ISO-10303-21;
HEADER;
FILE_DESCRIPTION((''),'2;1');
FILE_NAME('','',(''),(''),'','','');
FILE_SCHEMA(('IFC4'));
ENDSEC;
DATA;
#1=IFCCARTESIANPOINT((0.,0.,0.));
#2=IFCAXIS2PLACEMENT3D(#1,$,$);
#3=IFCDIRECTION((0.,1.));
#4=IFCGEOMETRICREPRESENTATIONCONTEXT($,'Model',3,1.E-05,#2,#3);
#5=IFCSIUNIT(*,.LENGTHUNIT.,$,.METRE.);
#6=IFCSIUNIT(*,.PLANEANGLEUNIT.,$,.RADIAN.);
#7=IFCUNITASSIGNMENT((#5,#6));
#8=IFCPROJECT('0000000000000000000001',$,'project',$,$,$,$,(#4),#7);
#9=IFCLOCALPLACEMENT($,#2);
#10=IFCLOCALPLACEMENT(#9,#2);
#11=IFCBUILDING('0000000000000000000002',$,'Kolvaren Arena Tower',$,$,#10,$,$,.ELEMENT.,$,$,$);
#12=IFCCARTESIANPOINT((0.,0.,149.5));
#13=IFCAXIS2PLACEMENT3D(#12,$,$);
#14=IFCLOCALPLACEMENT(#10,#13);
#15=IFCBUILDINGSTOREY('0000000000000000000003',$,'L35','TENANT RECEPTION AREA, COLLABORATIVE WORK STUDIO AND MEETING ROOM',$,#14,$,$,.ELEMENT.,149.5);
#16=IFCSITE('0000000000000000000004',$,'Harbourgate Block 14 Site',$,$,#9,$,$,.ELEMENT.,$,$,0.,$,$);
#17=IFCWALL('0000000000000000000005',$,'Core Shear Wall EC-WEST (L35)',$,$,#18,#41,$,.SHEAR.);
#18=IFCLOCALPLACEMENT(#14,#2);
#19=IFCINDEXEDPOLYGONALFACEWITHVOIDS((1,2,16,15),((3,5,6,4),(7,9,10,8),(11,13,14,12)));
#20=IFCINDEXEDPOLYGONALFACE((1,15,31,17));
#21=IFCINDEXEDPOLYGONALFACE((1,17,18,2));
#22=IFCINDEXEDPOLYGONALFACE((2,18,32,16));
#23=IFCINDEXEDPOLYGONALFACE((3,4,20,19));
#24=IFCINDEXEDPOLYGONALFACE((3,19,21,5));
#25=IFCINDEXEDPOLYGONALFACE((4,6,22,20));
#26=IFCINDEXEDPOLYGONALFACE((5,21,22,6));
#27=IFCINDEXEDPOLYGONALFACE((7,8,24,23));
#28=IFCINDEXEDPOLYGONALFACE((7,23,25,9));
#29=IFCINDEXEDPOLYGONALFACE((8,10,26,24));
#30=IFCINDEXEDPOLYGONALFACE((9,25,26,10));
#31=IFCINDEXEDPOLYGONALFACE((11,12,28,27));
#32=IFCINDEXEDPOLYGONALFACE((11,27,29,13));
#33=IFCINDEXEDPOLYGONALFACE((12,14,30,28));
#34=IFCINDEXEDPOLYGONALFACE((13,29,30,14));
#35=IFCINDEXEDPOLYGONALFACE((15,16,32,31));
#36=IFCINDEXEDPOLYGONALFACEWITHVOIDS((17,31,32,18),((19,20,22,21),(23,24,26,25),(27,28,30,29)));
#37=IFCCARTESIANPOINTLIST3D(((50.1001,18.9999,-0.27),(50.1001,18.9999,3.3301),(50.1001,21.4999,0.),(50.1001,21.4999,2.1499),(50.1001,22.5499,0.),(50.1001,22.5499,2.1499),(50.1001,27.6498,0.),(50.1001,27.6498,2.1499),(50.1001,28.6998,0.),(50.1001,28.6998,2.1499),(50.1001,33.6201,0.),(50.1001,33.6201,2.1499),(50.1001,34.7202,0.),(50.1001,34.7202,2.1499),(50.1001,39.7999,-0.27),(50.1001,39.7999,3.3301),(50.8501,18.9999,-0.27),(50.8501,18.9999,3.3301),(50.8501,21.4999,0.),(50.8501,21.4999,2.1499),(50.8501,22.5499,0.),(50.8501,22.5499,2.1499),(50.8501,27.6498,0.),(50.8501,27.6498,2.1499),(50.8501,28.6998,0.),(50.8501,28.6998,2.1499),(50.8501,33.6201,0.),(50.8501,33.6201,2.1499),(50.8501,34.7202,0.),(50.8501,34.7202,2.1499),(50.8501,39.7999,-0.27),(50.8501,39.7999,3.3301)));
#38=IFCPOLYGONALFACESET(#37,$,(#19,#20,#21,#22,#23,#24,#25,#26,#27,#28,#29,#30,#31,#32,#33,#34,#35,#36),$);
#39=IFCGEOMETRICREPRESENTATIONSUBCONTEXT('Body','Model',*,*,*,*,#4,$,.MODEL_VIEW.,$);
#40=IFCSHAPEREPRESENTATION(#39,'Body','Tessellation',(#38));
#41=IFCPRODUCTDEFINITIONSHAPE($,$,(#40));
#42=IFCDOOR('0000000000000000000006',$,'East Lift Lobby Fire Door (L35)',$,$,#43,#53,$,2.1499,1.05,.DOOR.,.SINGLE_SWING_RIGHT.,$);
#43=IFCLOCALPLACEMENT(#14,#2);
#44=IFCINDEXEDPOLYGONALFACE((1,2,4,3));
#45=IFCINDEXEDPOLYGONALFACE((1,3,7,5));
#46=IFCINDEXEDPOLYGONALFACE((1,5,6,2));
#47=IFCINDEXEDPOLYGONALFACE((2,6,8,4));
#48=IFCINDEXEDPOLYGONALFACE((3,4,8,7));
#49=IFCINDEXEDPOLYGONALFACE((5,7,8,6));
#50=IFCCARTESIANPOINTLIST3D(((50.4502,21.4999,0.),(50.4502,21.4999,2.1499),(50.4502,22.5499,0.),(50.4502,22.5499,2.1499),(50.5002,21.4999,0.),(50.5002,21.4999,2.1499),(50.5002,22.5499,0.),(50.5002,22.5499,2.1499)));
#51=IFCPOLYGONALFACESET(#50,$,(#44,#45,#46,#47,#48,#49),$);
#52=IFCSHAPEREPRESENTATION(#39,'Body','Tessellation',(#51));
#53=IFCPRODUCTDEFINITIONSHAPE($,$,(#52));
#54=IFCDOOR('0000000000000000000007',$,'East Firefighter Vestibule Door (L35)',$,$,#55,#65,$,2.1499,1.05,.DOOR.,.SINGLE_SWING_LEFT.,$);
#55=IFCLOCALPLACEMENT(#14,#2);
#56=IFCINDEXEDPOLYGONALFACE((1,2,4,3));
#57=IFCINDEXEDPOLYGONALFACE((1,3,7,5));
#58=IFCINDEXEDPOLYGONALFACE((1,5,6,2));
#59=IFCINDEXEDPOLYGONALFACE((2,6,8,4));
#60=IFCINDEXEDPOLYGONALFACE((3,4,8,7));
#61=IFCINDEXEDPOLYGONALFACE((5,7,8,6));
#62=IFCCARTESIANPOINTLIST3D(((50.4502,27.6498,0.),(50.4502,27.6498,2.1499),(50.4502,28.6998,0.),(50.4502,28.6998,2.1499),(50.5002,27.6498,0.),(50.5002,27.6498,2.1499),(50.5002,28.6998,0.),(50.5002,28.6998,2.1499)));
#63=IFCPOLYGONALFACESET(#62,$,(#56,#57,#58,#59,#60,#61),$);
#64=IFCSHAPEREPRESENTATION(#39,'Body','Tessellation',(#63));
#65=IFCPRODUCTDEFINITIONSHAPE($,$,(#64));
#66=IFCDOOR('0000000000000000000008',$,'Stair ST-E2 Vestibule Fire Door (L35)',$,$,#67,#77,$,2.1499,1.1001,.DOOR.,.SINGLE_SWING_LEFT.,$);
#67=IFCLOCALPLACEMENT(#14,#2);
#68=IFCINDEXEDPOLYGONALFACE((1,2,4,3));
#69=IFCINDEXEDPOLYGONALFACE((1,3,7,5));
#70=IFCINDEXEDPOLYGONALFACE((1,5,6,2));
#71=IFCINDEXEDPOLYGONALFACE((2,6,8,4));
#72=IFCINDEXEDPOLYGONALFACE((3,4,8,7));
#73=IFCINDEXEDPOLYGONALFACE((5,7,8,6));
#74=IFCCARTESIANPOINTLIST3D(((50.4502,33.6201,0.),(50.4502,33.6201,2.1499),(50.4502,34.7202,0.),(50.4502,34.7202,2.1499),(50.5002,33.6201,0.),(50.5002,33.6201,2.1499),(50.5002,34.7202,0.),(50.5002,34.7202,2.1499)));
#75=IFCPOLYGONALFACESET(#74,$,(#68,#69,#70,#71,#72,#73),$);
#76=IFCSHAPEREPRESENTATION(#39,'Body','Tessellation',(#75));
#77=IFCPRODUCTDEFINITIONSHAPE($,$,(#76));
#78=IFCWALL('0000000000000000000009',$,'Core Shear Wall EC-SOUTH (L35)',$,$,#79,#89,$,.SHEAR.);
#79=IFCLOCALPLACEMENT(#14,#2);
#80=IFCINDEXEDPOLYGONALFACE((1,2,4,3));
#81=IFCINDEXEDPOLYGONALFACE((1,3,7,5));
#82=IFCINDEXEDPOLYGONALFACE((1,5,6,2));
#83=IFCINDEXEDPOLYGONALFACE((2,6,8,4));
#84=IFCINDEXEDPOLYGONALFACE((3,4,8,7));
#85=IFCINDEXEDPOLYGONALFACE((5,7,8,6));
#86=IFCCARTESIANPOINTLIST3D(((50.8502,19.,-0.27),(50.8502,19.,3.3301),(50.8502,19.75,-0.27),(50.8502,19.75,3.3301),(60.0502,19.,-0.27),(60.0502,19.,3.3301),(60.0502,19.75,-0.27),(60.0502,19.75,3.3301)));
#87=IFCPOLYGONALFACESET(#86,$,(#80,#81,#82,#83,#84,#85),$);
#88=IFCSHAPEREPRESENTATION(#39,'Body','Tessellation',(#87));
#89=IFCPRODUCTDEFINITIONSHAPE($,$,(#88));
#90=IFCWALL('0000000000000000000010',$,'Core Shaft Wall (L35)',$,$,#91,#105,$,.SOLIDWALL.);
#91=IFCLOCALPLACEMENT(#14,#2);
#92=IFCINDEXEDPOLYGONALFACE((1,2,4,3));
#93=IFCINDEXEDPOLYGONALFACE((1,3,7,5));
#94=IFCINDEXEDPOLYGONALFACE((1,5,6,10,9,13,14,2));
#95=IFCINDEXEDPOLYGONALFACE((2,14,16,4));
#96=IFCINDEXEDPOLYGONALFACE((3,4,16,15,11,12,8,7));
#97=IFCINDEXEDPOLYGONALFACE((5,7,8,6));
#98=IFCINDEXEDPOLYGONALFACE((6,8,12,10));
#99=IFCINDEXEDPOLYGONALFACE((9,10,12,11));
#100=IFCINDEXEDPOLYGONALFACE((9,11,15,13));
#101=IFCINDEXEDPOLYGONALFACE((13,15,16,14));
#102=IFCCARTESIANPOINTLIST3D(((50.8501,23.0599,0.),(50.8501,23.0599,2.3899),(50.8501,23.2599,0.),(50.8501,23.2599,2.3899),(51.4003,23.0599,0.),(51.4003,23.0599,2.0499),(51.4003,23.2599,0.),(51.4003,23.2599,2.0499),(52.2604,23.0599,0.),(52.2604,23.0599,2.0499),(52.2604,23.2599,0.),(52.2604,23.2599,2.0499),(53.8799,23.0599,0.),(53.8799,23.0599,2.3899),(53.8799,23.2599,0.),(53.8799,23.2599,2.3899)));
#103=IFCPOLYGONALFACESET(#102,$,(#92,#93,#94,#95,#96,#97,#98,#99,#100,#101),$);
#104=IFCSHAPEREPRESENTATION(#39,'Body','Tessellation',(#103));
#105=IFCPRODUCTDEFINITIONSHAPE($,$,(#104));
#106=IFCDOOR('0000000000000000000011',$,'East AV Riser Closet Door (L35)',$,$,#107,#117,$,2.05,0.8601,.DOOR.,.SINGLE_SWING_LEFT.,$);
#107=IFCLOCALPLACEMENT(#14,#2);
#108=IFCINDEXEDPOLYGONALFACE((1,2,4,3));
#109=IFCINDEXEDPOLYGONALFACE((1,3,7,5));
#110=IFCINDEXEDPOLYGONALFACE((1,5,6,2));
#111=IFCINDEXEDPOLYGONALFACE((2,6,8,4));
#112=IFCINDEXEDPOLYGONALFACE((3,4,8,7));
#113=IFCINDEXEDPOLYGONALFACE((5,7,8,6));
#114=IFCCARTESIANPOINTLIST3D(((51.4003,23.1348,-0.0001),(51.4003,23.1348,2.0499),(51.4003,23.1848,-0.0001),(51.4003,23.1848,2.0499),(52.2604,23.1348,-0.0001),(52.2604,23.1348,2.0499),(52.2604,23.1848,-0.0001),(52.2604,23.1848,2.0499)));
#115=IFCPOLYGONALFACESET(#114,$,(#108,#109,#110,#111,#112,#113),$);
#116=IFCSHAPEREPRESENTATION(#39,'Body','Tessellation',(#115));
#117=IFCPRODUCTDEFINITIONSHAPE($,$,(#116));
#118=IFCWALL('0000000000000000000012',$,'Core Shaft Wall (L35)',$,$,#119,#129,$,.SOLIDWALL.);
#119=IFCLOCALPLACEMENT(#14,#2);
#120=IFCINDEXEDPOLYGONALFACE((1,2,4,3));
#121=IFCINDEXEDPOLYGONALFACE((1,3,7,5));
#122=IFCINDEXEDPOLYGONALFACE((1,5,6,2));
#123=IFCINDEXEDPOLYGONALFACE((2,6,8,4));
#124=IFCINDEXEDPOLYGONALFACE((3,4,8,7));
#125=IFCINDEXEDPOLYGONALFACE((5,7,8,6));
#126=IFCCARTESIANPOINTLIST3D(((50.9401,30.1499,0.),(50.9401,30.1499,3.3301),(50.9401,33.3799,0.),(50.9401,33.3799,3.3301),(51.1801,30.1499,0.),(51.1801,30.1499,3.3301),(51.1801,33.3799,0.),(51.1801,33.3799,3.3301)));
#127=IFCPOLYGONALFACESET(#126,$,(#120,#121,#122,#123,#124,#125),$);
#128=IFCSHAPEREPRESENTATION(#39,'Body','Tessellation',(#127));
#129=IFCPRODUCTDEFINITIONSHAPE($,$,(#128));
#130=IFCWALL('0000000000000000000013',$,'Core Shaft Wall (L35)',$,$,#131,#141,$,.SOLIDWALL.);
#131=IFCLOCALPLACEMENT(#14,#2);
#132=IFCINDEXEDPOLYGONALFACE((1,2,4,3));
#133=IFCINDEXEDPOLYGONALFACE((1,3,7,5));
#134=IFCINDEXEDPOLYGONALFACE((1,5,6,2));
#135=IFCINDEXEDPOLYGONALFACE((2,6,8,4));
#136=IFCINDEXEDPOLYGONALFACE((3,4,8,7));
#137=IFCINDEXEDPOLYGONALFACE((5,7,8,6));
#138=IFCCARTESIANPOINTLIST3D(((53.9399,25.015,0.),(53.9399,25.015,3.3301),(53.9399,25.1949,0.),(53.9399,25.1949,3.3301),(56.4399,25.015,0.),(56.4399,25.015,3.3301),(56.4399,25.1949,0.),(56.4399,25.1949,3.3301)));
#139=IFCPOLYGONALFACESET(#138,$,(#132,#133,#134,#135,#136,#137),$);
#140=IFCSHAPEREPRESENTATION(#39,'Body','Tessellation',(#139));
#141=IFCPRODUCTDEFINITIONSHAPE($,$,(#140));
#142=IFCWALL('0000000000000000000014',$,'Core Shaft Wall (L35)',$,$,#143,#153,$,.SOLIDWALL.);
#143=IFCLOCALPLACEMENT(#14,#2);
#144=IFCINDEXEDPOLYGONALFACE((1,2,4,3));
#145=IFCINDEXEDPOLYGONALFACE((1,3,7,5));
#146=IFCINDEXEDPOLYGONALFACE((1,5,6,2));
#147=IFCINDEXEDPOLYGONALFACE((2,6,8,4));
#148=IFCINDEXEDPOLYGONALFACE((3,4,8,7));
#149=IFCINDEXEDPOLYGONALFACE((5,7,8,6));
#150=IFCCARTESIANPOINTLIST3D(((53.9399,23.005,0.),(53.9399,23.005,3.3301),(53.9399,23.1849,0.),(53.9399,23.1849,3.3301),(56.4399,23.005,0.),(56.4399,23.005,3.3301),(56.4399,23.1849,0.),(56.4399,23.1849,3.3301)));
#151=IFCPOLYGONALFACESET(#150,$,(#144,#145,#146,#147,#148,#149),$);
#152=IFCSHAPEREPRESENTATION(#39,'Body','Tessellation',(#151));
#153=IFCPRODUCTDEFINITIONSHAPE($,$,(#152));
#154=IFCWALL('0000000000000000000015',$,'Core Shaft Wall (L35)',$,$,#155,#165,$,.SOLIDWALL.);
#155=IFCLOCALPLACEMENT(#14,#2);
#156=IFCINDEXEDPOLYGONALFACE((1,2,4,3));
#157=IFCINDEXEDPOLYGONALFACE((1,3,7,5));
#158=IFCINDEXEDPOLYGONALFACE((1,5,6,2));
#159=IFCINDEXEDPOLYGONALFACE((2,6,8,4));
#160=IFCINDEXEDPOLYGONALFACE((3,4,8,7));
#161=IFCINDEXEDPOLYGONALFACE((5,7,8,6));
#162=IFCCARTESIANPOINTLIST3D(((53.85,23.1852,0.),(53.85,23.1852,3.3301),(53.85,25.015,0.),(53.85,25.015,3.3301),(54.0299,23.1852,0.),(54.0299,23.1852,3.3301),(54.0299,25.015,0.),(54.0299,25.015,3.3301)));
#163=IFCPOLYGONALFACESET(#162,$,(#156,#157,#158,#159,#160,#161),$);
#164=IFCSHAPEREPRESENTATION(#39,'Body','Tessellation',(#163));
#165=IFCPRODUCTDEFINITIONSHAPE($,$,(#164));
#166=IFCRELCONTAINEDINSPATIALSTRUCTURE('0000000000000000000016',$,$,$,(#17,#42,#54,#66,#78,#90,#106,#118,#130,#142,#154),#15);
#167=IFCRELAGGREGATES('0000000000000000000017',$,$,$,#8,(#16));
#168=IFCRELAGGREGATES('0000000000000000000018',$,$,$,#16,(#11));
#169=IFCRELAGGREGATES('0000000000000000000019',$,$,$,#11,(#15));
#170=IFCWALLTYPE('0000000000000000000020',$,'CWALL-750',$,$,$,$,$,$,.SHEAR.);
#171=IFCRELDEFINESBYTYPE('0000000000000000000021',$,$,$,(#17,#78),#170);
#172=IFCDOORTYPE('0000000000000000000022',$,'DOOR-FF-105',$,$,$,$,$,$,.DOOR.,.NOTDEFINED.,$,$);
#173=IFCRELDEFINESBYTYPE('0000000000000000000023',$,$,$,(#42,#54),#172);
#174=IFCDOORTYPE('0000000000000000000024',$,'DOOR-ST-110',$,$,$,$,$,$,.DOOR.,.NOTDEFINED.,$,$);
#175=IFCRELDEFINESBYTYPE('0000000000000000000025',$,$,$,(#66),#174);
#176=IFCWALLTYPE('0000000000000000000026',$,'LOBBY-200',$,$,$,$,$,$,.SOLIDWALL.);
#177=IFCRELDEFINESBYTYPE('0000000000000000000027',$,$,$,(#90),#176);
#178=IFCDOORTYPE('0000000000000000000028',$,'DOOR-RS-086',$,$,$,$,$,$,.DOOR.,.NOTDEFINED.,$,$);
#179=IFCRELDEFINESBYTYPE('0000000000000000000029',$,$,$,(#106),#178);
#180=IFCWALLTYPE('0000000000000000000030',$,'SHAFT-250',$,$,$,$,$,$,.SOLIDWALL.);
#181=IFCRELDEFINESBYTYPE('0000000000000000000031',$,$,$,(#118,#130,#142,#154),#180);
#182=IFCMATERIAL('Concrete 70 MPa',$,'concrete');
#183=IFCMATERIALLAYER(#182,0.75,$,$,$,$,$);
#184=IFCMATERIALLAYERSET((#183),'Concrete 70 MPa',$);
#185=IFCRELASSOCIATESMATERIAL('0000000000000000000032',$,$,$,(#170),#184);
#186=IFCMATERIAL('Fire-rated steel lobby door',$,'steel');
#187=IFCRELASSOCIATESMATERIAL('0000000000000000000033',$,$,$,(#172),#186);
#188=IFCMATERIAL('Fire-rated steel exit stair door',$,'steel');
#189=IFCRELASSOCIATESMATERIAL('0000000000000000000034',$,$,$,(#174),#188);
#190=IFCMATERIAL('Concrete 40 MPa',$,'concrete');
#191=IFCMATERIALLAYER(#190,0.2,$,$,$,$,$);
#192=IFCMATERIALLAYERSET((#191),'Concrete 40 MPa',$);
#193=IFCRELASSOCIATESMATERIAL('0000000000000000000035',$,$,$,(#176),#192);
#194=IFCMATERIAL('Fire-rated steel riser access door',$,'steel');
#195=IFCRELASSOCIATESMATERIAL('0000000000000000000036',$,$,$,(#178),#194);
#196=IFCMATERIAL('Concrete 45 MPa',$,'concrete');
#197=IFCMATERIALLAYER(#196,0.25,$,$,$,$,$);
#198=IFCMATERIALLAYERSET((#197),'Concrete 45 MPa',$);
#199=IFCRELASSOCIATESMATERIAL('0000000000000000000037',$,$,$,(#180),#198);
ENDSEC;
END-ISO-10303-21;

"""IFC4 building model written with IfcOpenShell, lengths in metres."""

from ifc_helpers import new_model, si_unit, direction, frame, frame_2d, origin, place, context, subcontext, project, spatial, rectangle, extrude, material, layer, layer_set, type_object, element, fill, save


model = new_model("IFC4")

# Units and contexts
model_context = context("Model", 3, precision=1e-05, world=origin(), true_north=direction((0.0, 1.0)))
body_context = subcontext(model_context, "Body", "Model", "MODEL_VIEW")
ifc_project = project(units=[si_unit("LENGTHUNIT", "METRE"), si_unit("PLANEANGLEUNIT", "RADIAN")], contexts=[model_context])

# Site, building, storey
site_placement = place(None, origin())
site = spatial("IfcSite", under=ifc_project, at=site_placement, Name="Harbourgate Block 14 Site", CompositionType="ELEMENT", RefElevation=0.0)
building_placement = place(site_placement, origin())
building = spatial("IfcBuilding", under=site, at=building_placement, Name="Kolvaren Arena Tower", CompositionType="ELEMENT")
storey_placement = place(building_placement, frame((0.0, 0.0, 149.5)))
storey = spatial("IfcBuildingStorey", under=building, at=storey_placement, Name="L35", Description="TENANT RECEPTION AREA, COLLABORATIVE WORK STUDIO AND MEETING ROOM", CompositionType="ELEMENT", Elevation=149.5)

# Wall, openings, doors
ifc_material_1 = material(Name="Concrete 70 MPa", Category="concrete")
ifc_layer_1 = layer(ifc_material_1, 0.75)
ifc_layer_set_1 = layer_set([ifc_layer_1], Name="Concrete 70 MPa")
wall_type_1 = type_object("IfcWallType", Name="CWALL-750", PredefinedType="SHEAR", material=ifc_layer_set_1)
wall_1_placement = place(storey_placement, frame((50.4751, 19.0, -0.27), z_axis=(0.0, 0.0, 1.0), x_axis=(0.0, 1.0, 0.0)))
wall_1 = element("IfcWall", 1, at=wall_1_placement, inside=storey, type_object=wall_type_1, Name="Core Shear Wall EC-WEST (L35)", PredefinedType="SHEAR", context=body_context, shape_type="SweptSolid", body=[
    extrude(rectangle(XDim=20.8, YDim=0.75, at=frame_2d((10.3999, 0.0))), origin(), (0.0, 0.0, 1.0), 3.6001),
])
opening_1_placement = place(wall_1_placement, frame((2.5, 0.0, 0.27)))
opening_1 = element("IfcOpeningElement", 2, at=opening_1_placement, cuts=wall_1, PredefinedType="OPENING", context=body_context, shape_type="SweptSolid", body=[
    extrude(rectangle(XDim=1.05, YDim=2.1499, at=frame_2d((0.5249, 1.075))), frame((0.0, 0.385, 0.0), z_axis=(0.0, -1.0, 0.0), x_axis=(1.0, 0.0, 0.0)), (0.0, 0.0, 1.0), 0.77),
])
opening_2_placement = place(wall_1_placement, frame((8.6499, 0.0, 0.27)))
opening_2 = element("IfcOpeningElement", 3, at=opening_2_placement, cuts=wall_1, PredefinedType="OPENING", context=body_context, shape_type="SweptSolid", body=[
    extrude(rectangle(XDim=1.05, YDim=2.1499, at=frame_2d((0.5249, 1.075))), frame((0.0, 0.385, 0.0), z_axis=(0.0, -1.0, 0.0), x_axis=(1.0, 0.0, 0.0)), (0.0, 0.0, 1.0), 0.77),
])
opening_3_placement = place(wall_1_placement, frame((14.6201, 0.0, 0.27)))
opening_3 = element("IfcOpeningElement", 4, at=opening_3_placement, cuts=wall_1, PredefinedType="OPENING", context=body_context, shape_type="SweptSolid", body=[
    extrude(rectangle(XDim=1.1001, YDim=2.1499, at=frame_2d((0.55, 1.075))), frame((0.0, 0.385, 0.0), z_axis=(0.0, -1.0, 0.0), x_axis=(1.0, 0.0, 0.0)), (0.0, 0.0, 1.0), 0.77),
])
ifc_material_2 = material(Name="Fire-rated steel lobby door", Category="steel")
door_type_1 = type_object("IfcDoorType", Name="DOOR-FF-105", OperationType="NOTDEFINED", PredefinedType="DOOR", material=ifc_material_2)
door_1_placement = place(opening_1_placement, origin())
door_1 = element("IfcDoor", 5, at=door_1_placement, inside=storey, type_object=door_type_1, Name="East Lift Lobby Fire Door (L35)", OperationType="SINGLE_SWING_RIGHT", OverallHeight=2.1499, OverallWidth=1.05, PredefinedType="DOOR", context=body_context, shape_type="SweptSolid", body=[
    extrude(rectangle(XDim=1.05, YDim=2.1499, at=frame_2d((0.5249, 1.075))), frame((0.0, 0.0249, 0.0), z_axis=(0.0, -1.0, 0.0), x_axis=(1.0, 0.0, 0.0)), (0.0, 0.0, 1.0), 0.05),
])
fill(opening_1, door_1)
door_2_placement = place(opening_2_placement, origin())
door_2 = element("IfcDoor", 6, at=door_2_placement, inside=storey, type_object=door_type_1, Name="East Firefighter Vestibule Door (L35)", OperationType="SINGLE_SWING_LEFT", OverallHeight=2.1499, OverallWidth=1.05, PredefinedType="DOOR", context=body_context, shape_type="SweptSolid", body=[
    extrude(rectangle(XDim=1.05, YDim=2.1499, at=frame_2d((0.5249, 1.075))), frame((0.0, 0.0249, 0.0), z_axis=(0.0, -1.0, 0.0), x_axis=(1.0, 0.0, 0.0)), (0.0, 0.0, 1.0), 0.05),
])
fill(opening_2, door_2)
ifc_material_3 = material(Name="Fire-rated steel exit stair door", Category="steel")
door_type_2 = type_object("IfcDoorType", Name="DOOR-ST-110", OperationType="NOTDEFINED", PredefinedType="DOOR", material=ifc_material_3)
door_3_placement = place(opening_3_placement, origin())
door_3 = element("IfcDoor", 7, at=door_3_placement, inside=storey, type_object=door_type_2, Name="Stair ST-E2 Vestibule Fire Door (L35)", OperationType="SINGLE_SWING_LEFT", OverallHeight=2.1499, OverallWidth=1.1001, PredefinedType="DOOR", context=body_context, shape_type="SweptSolid", body=[
    extrude(rectangle(XDim=1.1001, YDim=2.1499, at=frame_2d((0.55, 1.075))), frame((0.0, 0.0249, 0.0), z_axis=(0.0, -1.0, 0.0), x_axis=(1.0, 0.0, 0.0)), (0.0, 0.0, 1.0), 0.05),
])
fill(opening_3, door_3)

# Wall
wall_2_placement = place(storey_placement, frame((50.8501, 19.375, -0.27), z_axis=(0.0, 0.0, 1.0), x_axis=(1.0, 0.0, 0.0)))
element("IfcWall", 8, at=wall_2_placement, inside=storey, type_object=wall_type_1, Name="Core Shear Wall EC-SOUTH (L35)", PredefinedType="SHEAR", context=body_context, shape_type="SweptSolid", body=[
    extrude(rectangle(XDim=9.2, YDim=0.75, at=frame_2d((4.6001, 0.0))), origin(), (0.0, 0.0, 1.0), 3.6001),
])

# Shared definitions
ifc_material_4 = material(Name="Concrete 40 MPa", Category="concrete")
ifc_layer_2 = layer(ifc_material_4, 0.2)
ifc_layer_set_2 = layer_set([ifc_layer_2], Name="Concrete 40 MPa")
wall_type_2 = type_object("IfcWallType", Name="LOBBY-200", PredefinedType="SOLIDWALL", material=ifc_layer_set_2)

# Wall, opening, door
wall_3_placement = place(storey_placement, frame((50.8501, 23.1599, 0.0), z_axis=(0.0, 0.0, 1.0), x_axis=(1.0, 0.0, 0.0)))
wall_3 = element("IfcWall", 9, at=wall_3_placement, inside=storey, type_object=wall_type_2, Name="Core Shaft Wall (L35)", PredefinedType="SOLIDWALL", context=body_context, shape_type="SweptSolid", body=[
    extrude(rectangle(XDim=3.0298, YDim=0.2, at=frame_2d((1.5149, 0.0))), origin(), (0.0, 0.0, 1.0), 2.3899),
])
opening_4_placement = place(wall_3_placement, frame((0.55, 0.0, 0.0)))
opening_4 = element("IfcOpeningElement", 10, at=opening_4_placement, cuts=wall_3, PredefinedType="OPENING", context=body_context, shape_type="SweptSolid", body=[
    extrude(rectangle(XDim=0.8601, YDim=2.05, at=frame_2d((0.4302, 1.0249))), frame((0.0, 0.1099, 0.0), z_axis=(0.0, -1.0, 0.0), x_axis=(1.0, 0.0, 0.0)), (0.0, 0.0, 1.0), 0.22),
])
ifc_material_5 = material(Name="Fire-rated steel riser access door", Category="steel")
door_type_3 = type_object("IfcDoorType", Name="DOOR-RS-086", OperationType="NOTDEFINED", PredefinedType="DOOR", material=ifc_material_5)
door_4_placement = place(opening_4_placement, origin())
door_4 = element("IfcDoor", 11, at=door_4_placement, inside=storey, type_object=door_type_3, Name="East AV Riser Closet Door (L35)", OperationType="SINGLE_SWING_LEFT", OverallHeight=2.05, OverallWidth=0.8601, PredefinedType="DOOR", context=body_context, shape_type="SweptSolid", body=[
    extrude(rectangle(XDim=0.8601, YDim=2.05, at=frame_2d((0.4302, 1.0249))), frame((0.0, 0.0249, 0.0), z_axis=(0.0, -1.0, 0.0), x_axis=(1.0, 0.0, 0.0)), (0.0, 0.0, 1.0), 0.05),
])
fill(opening_4, door_4)

# Walls
ifc_material_6 = material(Name="Concrete 45 MPa", Category="concrete")
ifc_layer_3 = layer(ifc_material_6, 0.25)
ifc_layer_set_3 = layer_set([ifc_layer_3], Name="Concrete 45 MPa")
wall_type_3 = type_object("IfcWallType", Name="SHAFT-250", PredefinedType="SOLIDWALL", material=ifc_layer_set_3)
wall_4_placement = place(storey_placement, frame((51.0601, 30.1499, 0.0), z_axis=(0.0, 0.0, 1.0), x_axis=(0.0, 1.0, 0.0)))
element("IfcWall", 12, at=wall_4_placement, inside=storey, type_object=wall_type_3, Name="Core Shaft Wall (L35)", PredefinedType="SOLIDWALL", context=body_context, shape_type="SweptSolid", body=[
    extrude(rectangle(XDim=3.23, YDim=0.24, at=frame_2d((1.615, 0.0))), origin(), (0.0, 0.0, 1.0), 3.3301),
])
for number, where, z_axis, x_axis, name in (
    (13, (53.9399, 25.105, 0.0), (0.0, 0.0, 1.0), (1.0, 0.0, 0.0), "Core Shaft Wall (L35)"),
    (14, (53.9399, 23.095, 0.0), (0.0, 0.0, 1.0), (1.0, 0.0, 0.0), "Core Shaft Wall (L35)"),
):
    element("IfcWall", number, at=place(storey_placement, frame(where, z_axis=z_axis, x_axis=x_axis)), inside=storey, type_object=wall_type_3, Name=name, PredefinedType="SOLIDWALL", context=body_context, shape_type="SweptSolid", body=[
        extrude(rectangle(XDim=2.5, YDim=0.1799, at=frame_2d((1.25, 0.0))), origin(), (0.0, 0.0, 1.0), 3.3301),
    ])
wall_5_placement = place(storey_placement, frame((53.9399, 23.1851, 0.0), z_axis=(0.0, 0.0, 1.0), x_axis=(0.0, 1.0, 0.0)))
element("IfcWall", 15, at=wall_5_placement, inside=storey, type_object=wall_type_3, Name="Core Shaft Wall (L35)", PredefinedType="SOLIDWALL", context=body_context, shape_type="SweptSolid", body=[
    extrude(rectangle(XDim=1.8298, YDim=0.1799, at=frame_2d((0.915, 0.0))), origin(), (0.0, 0.0, 1.0), 3.3301),
])

save(model, "model.ifc")
